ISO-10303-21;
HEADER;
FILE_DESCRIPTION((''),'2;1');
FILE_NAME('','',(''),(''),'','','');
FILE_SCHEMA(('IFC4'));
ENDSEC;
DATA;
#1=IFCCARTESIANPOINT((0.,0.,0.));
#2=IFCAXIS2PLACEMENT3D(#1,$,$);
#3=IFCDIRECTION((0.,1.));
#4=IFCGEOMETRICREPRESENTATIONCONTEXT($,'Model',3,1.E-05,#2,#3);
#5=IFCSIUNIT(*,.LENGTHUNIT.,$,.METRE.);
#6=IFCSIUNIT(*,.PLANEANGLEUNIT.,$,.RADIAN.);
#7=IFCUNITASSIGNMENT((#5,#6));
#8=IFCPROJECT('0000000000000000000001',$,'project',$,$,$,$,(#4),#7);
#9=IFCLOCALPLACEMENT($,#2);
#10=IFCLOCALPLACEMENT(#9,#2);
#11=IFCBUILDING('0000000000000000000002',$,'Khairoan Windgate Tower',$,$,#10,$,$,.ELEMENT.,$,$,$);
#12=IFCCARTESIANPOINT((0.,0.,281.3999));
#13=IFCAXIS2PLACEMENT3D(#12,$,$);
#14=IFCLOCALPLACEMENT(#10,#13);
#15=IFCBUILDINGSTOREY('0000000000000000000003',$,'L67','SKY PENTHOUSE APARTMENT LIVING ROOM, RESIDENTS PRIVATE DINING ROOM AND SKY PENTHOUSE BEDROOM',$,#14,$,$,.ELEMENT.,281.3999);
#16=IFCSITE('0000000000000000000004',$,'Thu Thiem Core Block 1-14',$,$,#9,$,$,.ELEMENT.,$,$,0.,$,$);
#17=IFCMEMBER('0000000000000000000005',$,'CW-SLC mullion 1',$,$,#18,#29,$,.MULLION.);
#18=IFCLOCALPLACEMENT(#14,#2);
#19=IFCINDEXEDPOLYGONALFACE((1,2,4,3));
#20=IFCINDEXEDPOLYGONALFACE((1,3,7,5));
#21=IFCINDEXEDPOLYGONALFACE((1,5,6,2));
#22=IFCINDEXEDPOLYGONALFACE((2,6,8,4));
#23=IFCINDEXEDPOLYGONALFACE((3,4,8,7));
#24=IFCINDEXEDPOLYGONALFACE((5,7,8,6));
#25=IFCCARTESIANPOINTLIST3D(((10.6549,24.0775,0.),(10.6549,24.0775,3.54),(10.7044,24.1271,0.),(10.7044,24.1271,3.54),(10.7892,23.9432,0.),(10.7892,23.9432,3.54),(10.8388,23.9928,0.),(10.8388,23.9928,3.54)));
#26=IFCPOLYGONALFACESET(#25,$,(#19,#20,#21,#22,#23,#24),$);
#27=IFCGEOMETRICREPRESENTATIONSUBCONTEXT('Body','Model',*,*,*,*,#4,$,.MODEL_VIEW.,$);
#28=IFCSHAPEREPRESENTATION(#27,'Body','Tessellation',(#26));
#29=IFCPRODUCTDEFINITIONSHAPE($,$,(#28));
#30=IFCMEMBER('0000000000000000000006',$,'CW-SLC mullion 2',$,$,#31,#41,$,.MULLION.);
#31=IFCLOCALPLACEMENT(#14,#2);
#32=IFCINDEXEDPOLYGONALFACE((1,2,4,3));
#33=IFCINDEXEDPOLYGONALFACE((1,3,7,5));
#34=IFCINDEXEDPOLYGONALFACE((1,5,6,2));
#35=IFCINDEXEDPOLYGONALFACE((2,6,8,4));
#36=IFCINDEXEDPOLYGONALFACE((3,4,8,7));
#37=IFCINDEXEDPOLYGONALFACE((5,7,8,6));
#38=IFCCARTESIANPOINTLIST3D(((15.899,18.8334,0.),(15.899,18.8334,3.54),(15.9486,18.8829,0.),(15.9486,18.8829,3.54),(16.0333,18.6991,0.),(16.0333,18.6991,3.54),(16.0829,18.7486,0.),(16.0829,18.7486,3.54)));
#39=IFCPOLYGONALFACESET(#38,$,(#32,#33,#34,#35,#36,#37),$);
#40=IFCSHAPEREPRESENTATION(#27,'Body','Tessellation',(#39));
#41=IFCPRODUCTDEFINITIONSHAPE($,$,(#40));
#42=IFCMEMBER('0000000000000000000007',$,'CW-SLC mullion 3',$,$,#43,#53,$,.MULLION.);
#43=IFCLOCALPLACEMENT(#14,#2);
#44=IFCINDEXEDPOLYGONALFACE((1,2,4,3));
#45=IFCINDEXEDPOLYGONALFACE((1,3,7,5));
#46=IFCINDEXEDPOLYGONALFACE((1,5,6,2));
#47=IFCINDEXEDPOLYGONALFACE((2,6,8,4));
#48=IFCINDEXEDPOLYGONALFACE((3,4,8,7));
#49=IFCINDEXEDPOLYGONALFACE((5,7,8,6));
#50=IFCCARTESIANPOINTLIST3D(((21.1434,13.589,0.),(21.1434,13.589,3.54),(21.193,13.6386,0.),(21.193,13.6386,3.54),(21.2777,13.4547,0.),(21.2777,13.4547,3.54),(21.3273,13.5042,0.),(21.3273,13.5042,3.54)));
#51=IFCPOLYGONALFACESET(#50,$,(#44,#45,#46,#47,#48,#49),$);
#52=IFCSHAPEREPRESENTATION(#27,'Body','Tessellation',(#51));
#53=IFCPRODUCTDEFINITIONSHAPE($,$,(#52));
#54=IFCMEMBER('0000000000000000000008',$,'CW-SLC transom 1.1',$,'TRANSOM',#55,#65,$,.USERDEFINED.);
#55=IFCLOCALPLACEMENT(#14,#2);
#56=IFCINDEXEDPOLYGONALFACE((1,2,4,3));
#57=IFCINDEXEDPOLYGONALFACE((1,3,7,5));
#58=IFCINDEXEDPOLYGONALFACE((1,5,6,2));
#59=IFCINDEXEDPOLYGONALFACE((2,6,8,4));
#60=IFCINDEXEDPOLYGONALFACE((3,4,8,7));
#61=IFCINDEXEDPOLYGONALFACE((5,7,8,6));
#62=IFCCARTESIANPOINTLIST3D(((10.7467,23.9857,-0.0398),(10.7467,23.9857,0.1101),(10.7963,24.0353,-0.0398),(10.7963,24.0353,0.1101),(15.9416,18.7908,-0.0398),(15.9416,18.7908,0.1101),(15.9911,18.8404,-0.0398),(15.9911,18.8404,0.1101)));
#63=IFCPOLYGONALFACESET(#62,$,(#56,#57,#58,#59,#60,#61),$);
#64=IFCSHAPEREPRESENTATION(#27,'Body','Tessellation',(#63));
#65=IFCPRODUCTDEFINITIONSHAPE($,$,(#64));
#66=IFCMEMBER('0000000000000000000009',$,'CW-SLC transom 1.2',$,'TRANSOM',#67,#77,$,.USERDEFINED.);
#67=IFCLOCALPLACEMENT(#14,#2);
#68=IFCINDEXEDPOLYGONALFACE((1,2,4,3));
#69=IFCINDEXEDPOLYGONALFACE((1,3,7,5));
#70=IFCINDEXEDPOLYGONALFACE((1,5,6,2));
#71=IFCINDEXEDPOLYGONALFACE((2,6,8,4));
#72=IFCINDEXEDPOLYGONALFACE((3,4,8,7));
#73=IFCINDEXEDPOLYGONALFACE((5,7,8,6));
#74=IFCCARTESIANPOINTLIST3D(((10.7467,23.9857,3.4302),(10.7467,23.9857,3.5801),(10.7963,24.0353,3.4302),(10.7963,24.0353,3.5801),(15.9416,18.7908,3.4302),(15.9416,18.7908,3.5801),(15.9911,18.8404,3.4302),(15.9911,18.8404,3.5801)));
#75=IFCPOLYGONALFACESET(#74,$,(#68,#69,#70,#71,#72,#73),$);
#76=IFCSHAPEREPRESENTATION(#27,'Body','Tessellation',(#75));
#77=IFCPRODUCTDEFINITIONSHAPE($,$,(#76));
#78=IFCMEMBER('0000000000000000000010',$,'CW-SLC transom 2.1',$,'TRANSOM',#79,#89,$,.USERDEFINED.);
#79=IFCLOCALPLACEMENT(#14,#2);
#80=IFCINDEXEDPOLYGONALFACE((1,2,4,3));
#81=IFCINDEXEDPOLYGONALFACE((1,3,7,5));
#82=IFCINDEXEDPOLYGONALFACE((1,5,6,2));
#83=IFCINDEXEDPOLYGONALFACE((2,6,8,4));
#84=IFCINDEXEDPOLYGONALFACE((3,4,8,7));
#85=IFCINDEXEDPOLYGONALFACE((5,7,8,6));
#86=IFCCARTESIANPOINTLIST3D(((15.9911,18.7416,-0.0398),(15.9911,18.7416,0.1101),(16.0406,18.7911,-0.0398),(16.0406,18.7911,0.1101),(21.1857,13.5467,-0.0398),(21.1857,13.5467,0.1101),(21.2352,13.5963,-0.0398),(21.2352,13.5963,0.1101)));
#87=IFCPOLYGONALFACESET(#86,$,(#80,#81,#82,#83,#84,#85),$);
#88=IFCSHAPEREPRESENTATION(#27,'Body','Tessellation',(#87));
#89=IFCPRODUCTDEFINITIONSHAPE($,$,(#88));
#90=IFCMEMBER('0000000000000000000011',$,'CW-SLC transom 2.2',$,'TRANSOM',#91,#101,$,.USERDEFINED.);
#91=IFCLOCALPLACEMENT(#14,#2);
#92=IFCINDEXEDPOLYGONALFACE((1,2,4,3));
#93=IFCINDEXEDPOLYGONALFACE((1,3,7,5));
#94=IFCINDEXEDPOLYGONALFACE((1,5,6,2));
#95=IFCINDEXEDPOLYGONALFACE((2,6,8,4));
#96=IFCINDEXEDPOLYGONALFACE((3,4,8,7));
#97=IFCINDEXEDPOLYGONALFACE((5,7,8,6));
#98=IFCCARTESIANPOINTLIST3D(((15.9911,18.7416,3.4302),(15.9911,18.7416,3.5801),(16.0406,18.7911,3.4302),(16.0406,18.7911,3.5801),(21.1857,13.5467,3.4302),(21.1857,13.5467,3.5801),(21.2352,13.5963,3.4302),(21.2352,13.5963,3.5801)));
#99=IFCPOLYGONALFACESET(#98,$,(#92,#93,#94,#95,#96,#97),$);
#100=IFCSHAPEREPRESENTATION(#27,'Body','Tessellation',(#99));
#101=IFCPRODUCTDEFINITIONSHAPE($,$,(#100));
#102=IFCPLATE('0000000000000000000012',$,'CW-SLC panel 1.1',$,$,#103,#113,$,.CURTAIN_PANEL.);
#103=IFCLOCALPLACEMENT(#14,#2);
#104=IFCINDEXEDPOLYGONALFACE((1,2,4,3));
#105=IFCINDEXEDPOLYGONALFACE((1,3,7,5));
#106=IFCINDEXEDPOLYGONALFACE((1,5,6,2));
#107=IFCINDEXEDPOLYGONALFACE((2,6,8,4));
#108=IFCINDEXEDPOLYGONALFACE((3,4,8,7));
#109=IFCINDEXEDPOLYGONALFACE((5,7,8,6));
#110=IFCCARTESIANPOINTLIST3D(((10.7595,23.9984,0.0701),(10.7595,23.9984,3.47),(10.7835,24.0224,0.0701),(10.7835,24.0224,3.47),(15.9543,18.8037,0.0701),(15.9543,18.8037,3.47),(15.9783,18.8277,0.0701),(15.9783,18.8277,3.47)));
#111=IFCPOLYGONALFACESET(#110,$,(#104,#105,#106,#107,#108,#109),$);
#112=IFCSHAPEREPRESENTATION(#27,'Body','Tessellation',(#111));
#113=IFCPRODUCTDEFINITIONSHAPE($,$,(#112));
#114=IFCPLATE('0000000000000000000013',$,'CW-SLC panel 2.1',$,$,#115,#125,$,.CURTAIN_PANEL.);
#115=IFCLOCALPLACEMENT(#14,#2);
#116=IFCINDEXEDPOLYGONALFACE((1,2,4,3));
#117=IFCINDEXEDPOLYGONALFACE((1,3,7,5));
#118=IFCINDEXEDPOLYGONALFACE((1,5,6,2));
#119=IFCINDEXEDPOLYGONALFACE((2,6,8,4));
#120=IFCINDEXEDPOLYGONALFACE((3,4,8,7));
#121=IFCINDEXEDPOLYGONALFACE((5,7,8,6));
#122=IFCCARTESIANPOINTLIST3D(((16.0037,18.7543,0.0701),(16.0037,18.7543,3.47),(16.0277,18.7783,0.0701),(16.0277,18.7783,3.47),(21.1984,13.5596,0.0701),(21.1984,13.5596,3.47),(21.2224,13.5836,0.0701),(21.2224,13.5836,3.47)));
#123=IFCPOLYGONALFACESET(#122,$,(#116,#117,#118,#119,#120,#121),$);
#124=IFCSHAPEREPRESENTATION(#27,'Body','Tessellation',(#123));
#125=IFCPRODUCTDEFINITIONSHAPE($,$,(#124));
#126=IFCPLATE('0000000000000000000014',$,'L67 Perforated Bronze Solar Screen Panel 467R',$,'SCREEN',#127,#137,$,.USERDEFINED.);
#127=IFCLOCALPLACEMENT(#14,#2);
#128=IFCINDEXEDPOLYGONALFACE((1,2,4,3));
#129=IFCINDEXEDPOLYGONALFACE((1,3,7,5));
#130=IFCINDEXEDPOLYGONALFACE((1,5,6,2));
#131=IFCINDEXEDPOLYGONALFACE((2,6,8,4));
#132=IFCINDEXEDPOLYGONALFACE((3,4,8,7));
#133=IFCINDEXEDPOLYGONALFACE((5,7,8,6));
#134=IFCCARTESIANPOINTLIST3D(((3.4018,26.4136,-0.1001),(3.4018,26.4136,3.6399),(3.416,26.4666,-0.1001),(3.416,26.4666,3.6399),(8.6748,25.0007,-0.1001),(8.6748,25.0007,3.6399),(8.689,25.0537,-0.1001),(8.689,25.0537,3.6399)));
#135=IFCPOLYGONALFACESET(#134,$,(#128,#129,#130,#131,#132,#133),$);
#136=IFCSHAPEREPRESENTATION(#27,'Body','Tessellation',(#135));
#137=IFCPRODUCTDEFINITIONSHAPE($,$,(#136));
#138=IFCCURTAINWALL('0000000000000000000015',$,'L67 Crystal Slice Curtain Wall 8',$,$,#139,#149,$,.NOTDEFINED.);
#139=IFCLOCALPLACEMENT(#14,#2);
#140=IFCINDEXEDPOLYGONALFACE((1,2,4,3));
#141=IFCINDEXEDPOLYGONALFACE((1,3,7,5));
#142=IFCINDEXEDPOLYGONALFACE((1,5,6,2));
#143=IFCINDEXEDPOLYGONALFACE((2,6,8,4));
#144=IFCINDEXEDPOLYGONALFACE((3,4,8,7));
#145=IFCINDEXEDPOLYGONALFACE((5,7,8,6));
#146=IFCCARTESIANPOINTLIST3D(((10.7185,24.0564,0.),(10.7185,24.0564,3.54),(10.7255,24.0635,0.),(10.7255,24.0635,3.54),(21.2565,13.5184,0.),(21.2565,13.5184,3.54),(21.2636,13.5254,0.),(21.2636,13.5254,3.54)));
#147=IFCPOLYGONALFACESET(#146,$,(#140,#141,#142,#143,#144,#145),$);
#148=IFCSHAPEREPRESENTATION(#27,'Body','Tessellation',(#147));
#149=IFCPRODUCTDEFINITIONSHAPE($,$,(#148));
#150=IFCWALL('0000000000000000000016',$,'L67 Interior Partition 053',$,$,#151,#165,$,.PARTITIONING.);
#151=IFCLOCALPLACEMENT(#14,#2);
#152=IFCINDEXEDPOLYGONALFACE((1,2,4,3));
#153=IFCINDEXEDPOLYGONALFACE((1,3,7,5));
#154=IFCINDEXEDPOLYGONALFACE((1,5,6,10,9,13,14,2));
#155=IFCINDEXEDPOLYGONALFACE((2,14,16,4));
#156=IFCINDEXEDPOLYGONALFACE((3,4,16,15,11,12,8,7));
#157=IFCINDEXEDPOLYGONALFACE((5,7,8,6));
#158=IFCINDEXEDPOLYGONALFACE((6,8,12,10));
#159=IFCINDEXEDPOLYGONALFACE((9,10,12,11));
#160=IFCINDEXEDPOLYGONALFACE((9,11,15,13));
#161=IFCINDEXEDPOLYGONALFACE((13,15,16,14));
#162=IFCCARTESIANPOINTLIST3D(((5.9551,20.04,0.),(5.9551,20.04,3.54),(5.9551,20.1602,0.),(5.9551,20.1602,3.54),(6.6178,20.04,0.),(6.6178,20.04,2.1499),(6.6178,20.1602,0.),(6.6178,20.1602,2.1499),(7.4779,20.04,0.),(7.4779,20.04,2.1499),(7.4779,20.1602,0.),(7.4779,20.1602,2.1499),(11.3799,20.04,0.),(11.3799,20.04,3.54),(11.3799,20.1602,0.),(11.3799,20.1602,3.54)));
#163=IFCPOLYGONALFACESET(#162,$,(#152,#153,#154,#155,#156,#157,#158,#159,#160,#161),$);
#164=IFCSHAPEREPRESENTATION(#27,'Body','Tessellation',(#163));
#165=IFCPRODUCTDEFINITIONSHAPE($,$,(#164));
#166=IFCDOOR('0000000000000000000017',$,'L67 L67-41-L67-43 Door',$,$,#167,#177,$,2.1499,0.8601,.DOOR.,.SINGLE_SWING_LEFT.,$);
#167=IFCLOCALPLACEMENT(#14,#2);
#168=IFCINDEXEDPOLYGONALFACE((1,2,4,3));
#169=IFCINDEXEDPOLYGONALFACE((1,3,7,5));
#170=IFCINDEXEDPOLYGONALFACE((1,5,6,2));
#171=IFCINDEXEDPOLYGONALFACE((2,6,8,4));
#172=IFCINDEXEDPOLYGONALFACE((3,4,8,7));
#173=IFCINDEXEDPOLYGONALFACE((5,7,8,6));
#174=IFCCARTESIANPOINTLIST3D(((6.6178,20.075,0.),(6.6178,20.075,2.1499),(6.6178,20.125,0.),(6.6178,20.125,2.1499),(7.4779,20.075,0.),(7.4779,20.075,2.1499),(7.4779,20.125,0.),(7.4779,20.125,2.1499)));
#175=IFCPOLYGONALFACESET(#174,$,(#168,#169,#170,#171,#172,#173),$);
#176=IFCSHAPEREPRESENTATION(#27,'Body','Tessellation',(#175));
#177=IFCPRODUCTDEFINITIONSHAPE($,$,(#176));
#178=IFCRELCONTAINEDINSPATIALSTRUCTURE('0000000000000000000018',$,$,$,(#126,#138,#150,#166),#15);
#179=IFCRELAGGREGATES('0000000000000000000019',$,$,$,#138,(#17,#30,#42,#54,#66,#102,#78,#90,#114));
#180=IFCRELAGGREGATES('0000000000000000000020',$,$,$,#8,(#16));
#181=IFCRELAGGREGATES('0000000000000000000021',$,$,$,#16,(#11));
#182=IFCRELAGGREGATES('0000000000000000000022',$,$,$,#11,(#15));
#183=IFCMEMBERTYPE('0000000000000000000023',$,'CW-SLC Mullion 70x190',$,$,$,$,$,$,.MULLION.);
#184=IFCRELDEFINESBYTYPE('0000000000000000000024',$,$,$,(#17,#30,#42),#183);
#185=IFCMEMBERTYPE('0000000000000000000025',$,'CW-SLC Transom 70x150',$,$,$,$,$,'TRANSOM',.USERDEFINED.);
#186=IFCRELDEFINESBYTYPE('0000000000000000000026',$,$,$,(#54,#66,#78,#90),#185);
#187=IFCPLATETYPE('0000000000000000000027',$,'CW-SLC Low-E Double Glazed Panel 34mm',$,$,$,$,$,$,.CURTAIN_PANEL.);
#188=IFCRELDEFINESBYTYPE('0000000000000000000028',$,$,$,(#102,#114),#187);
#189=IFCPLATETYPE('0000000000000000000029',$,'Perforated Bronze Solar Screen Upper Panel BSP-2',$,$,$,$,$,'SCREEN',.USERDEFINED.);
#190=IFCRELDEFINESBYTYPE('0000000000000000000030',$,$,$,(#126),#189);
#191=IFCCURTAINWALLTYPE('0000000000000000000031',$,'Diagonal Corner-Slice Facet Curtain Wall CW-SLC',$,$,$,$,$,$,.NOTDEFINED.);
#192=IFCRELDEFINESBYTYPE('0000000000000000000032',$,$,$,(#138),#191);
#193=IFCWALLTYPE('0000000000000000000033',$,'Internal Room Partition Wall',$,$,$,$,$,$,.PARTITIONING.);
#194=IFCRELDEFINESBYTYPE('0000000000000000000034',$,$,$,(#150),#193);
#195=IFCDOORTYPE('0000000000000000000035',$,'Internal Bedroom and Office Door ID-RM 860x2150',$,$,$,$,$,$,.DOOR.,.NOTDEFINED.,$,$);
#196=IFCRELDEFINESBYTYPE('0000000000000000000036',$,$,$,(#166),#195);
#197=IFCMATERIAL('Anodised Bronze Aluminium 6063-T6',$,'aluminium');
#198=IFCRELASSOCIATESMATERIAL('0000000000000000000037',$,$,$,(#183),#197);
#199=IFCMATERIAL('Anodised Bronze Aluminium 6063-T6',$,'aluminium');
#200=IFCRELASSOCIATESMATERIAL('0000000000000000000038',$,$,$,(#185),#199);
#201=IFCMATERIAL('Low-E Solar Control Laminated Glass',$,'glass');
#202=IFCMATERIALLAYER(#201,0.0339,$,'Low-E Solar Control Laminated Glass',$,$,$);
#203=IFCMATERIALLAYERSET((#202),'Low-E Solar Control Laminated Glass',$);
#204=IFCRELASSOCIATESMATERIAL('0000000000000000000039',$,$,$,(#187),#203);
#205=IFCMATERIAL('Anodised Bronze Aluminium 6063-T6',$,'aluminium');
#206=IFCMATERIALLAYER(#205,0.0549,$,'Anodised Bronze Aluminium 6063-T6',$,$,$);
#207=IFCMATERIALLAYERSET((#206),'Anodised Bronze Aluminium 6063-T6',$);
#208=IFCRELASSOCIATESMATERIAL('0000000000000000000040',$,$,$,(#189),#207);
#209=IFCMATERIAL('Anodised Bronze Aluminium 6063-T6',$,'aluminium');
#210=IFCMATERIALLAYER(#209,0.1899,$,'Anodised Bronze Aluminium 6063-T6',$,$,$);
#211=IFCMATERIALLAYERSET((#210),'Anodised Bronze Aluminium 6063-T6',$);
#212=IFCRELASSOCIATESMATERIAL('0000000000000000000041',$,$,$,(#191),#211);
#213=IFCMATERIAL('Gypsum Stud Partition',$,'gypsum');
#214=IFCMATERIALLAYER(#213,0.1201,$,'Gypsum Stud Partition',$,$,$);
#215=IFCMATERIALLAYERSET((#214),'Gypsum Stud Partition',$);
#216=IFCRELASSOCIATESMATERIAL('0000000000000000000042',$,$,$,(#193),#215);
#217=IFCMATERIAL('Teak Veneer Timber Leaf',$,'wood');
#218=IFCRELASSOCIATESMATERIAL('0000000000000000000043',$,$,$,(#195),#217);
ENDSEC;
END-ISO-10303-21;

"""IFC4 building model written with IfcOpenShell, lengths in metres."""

from ifc_helpers import new_model, si_unit, direction, frame, frame_2d, origin, origin_2d, place, context, subcontext, project, spatial, rectangle, extrude, material, layer, layer_set, material_profile, profile_set, type_object, element, fill, aggregate, save


model = new_model("IFC4")

# Units and contexts
model_context = context("Model", 3, precision=1e-05, world=origin(), true_north=direction((0.0, 1.0)))
body_context = subcontext(model_context, "Body", "Model", "MODEL_VIEW")
ifc_project = project(units=[si_unit("LENGTHUNIT", "METRE"), si_unit("PLANEANGLEUNIT", "RADIAN")], contexts=[model_context])

# Site, building, storey
site_placement = place(None, origin())
site = spatial("IfcSite", under=ifc_project, at=site_placement, Name="Thu Thiem Core Block 1-14", CompositionType="ELEMENT", RefElevation=0.0)
building_placement = place(site_placement, origin())
building = spatial("IfcBuilding", under=site, at=building_placement, Name="Khairoan Windgate Tower", CompositionType="ELEMENT")
storey_placement = place(building_placement, frame((0.0, 0.0, 281.3999)))
storey = spatial("IfcBuildingStorey", under=building, at=storey_placement, Name="L67", Description="SKY PENTHOUSE APARTMENT LIVING ROOM, RESIDENTS PRIVATE DINING ROOM AND SKY PENTHOUSE BEDROOM", CompositionType="ELEMENT", Elevation=281.3999)

# Members
ifc_material_1 = material(Name="Anodised Bronze Aluminium 6063-T6", Category="aluminium")
ifc_material_profile_1 = material_profile(ifc_material_1, rectangle(XDim=0.0701, YDim=0.1899, at=origin_2d()))
ifc_profile_set_1 = profile_set([ifc_material_profile_1], Name="Anodised Bronze Aluminium 6063-T6")
member_type_1 = type_object("IfcMemberType", Name="CW-SLC Mullion 70x190", PredefinedType="MULLION", material=ifc_profile_set_1)
member_1_placement = place(storey_placement, frame((10.7468, 24.0352, 0.0), z_axis=(0.0, 0.0, 1.0), x_axis=(0.707107, 0.707107, 0.0)))
member_1 = element("IfcMember", 1, at=member_1_placement, type_object=member_type_1, Name="CW-SLC mullion 1", PredefinedType="MULLION", context=body_context, shape_type="SweptSolid", body=[
    extrude(rectangle(XDim=0.0701, YDim=0.1899, at=origin_2d()), origin(), (0.0, 0.0, 1.0), 3.54),
])
member_2_placement = place(storey_placement, frame((15.991, 18.791, 0.0), z_axis=(0.0, 0.0, 1.0), x_axis=(0.707107, 0.707107, 0.0)))
member_2 = element("IfcMember", 2, at=member_2_placement, type_object=member_type_1, Name="CW-SLC mullion 2", PredefinedType="MULLION", context=body_context, shape_type="SweptSolid", body=[
    extrude(rectangle(XDim=0.0701, YDim=0.1899, at=origin_2d()), origin(), (0.0, 0.0, 1.0), 3.54),
])
member_3_placement = place(storey_placement, frame((21.2354, 13.5466, 0.0), z_axis=(0.0, 0.0, 1.0), x_axis=(0.707107, 0.707107, 0.0)))
member_3 = element("IfcMember", 3, at=member_3_placement, type_object=member_type_1, Name="CW-SLC mullion 3", PredefinedType="MULLION", context=body_context, shape_type="SweptSolid", body=[
    extrude(rectangle(XDim=0.0701, YDim=0.1899, at=origin_2d()), origin(), (0.0, 0.0, 1.0), 3.54),
])
ifc_material_2 = material(Name="Anodised Bronze Aluminium 6063-T6", Category="aluminium")
ifc_material_profile_2 = material_profile(ifc_material_2, rectangle(XDim=0.0701, YDim=0.1499, at=origin_2d()))
ifc_profile_set_2 = profile_set([ifc_material_profile_2], Name="Anodised Bronze Aluminium 6063-T6")
member_type_2 = type_object("IfcMemberType", Name="CW-SLC Transom 70x150", ElementType="TRANSOM", PredefinedType="USERDEFINED", material=ifc_profile_set_2)
member_4_placement = place(storey_placement, frame((10.7715, 24.0105, 0.0352), z_axis=(0.707107, -0.707107, 0.0), x_axis=(0.707107, 0.707107, 0.0)))
member_4 = element("IfcMember", 4, at=member_4_placement, type_object=member_type_2, Name="CW-SLC transom 1.1", ObjectType="TRANSOM", PredefinedType="USERDEFINED", context=body_context, shape_type="SweptSolid", body=[
    extrude(rectangle(XDim=0.0701, YDim=0.1499, at=origin_2d()), origin(), (0.0, 0.0, 1.0), 7.3467),
])
member_5_placement = place(storey_placement, frame((10.7715, 24.0105, 3.5051), z_axis=(0.707107, -0.707107, 0.0), x_axis=(0.707107, 0.707107, 0.0)))
member_5 = element("IfcMember", 5, at=member_5_placement, type_object=member_type_2, Name="CW-SLC transom 1.2", ObjectType="TRANSOM", PredefinedType="USERDEFINED", context=body_context, shape_type="SweptSolid", body=[
    extrude(rectangle(XDim=0.0701, YDim=0.1499, at=origin_2d()), origin(), (0.0, 0.0, 1.0), 7.3467),
])
member_6_placement = place(storey_placement, frame((16.0159, 18.7664, 0.0352), z_axis=(0.70709, -0.707123, 0.0), x_axis=(0.707123, 0.70709, 0.0)))
member_6 = element("IfcMember", 6, at=member_6_placement, type_object=member_type_2, Name="CW-SLC transom 2.1", ObjectType="TRANSOM", PredefinedType="USERDEFINED", context=body_context, shape_type="SweptSolid", body=[
    extrude(rectangle(XDim=0.0701, YDim=0.1499, at=origin_2d()), origin(), (0.0, 0.0, 1.0), 7.3464),
])
member_7_placement = place(storey_placement, frame((16.0159, 18.7664, 3.5051), z_axis=(0.70709, -0.707123, 0.0), x_axis=(0.707123, 0.70709, 0.0)))
member_7 = element("IfcMember", 7, at=member_7_placement, type_object=member_type_2, Name="CW-SLC transom 2.2", ObjectType="TRANSOM", PredefinedType="USERDEFINED", context=body_context, shape_type="SweptSolid", body=[
    extrude(rectangle(XDim=0.0701, YDim=0.1499, at=origin_2d()), origin(), (0.0, 0.0, 1.0), 7.3464),
])

# Plates
ifc_material_3 = material(Name="Low-E Solar Control Laminated Glass", Category="glass")
ifc_layer_1 = layer(ifc_material_3, 0.0339, Name="Low-E Solar Control Laminated Glass")
ifc_layer_set_1 = layer_set([ifc_layer_1], Name="Low-E Solar Control Laminated Glass")
plate_type_1 = type_object("IfcPlateType", Name="CW-SLC Low-E Double Glazed Panel 34mm", PredefinedType="CURTAIN_PANEL", material=ifc_layer_set_1)
plate_1_placement = place(storey_placement, frame((13.3689, 21.4131, 0.0701), z_axis=(0.0, 0.0, 1.0), x_axis=(0.707107, -0.707107, 0.0)))
plate_1 = element("IfcPlate", 8, at=plate_1_placement, type_object=plate_type_1, Name="CW-SLC panel 1.1", PredefinedType="CURTAIN_PANEL", context=body_context, shape_type="SweptSolid", body=[
    extrude(rectangle(XDim=7.3464, YDim=0.0339, at=origin_2d()), origin(), (0.0, 0.0, 1.0), 3.3999),
])
plate_2_placement = place(storey_placement, frame((18.613, 16.1689, 0.0701), z_axis=(0.0, 0.0, 1.0), x_axis=(0.707107, -0.707107, 0.0)))
plate_2 = element("IfcPlate", 9, at=plate_2_placement, type_object=plate_type_1, Name="CW-SLC panel 2.1", PredefinedType="CURTAIN_PANEL", context=body_context, shape_type="SweptSolid", body=[
    extrude(rectangle(XDim=7.3464, YDim=0.0339, at=origin_2d()), origin(), (0.0, 0.0, 1.0), 3.3999),
])
ifc_material_4 = material(Name="Anodised Bronze Aluminium 6063-T6", Category="aluminium")
ifc_layer_2 = layer(ifc_material_4, 0.0549, Name="Anodised Bronze Aluminium 6063-T6")
ifc_layer_set_2 = layer_set([ifc_layer_2], Name="Anodised Bronze Aluminium 6063-T6")
plate_type_2 = type_object("IfcPlateType", Name="Perforated Bronze Solar Screen Upper Panel BSP-2", ElementType="SCREEN", PredefinedType="USERDEFINED", material=ifc_layer_set_2)
plate_3_placement = place(storey_placement, frame((6.0454, 25.7336, -0.1001), z_axis=(0.0, 0.0, 1.0), x_axis=(0.965926, -0.258819, 0.0)))
element("IfcPlate", 10, at=plate_3_placement, inside=storey, type_object=plate_type_2, Name="L67 Perforated Bronze Solar Screen Panel 467R", ObjectType="SCREEN", PredefinedType="USERDEFINED", context=body_context, shape_type="SweptSolid", body=[
    extrude(rectangle(XDim=5.459, YDim=0.0549, at=origin_2d()), origin(), (0.0, 0.0, 1.0), 3.74),
])

# Curtain wall
ifc_material_5 = material(Name="Anodised Bronze Aluminium 6063-T6", Category="aluminium")
ifc_layer_3 = layer(ifc_material_5, 0.1899, Name="Anodised Bronze Aluminium 6063-T6")
ifc_layer_set_3 = layer_set([ifc_layer_3], Name="Anodised Bronze Aluminium 6063-T6")
curtain_wall_type_1 = type_object("IfcCurtainWallType", Name="Diagonal Corner-Slice Facet Curtain Wall CW-SLC", PredefinedType="NOTDEFINED", material=ifc_layer_set_3)
curtain_wall_1_placement = place(storey_placement, frame((10.7219, 24.0601, 0.0), z_axis=(0.0, 0.0, 1.0), x_axis=(0.707107, -0.707107, 0.0)))
curtain_wall_1 = element("IfcCurtainWall", 11, at=curtain_wall_1_placement, inside=storey, type_object=curtain_wall_type_1, Name="L67 Crystal Slice Curtain Wall 8", PredefinedType="NOTDEFINED", context=body_context, shape_type="SweptSolid", body=[
    extrude(rectangle(XDim=14.9031, YDim=0.01, at=frame_2d((7.4517, 0.0))), origin(), (0.0, 0.0, 1.0), 3.54),
])
aggregate(curtain_wall_1, [member_1, member_2, member_3, member_4, member_5, plate_1, member_6, member_7, plate_2])

# Wall, opening, door
ifc_material_6 = material(Name="Gypsum Stud Partition", Category="gypsum")
ifc_layer_4 = layer(ifc_material_6, 0.1201, Name="Gypsum Stud Partition")
ifc_layer_set_4 = layer_set([ifc_layer_4], Name="Gypsum Stud Partition")
wall_type = type_object("IfcWallType", Name="Internal Room Partition Wall", PredefinedType="PARTITIONING", material=ifc_layer_set_4)
wall_1_placement = place(storey_placement, frame((5.9551, 20.1001, 0.0), z_axis=(0.0, 0.0, 1.0), x_axis=(1.0, 0.0, 0.0)))
wall_1 = element("IfcWall", 12, at=wall_1_placement, inside=storey, type_object=wall_type, Name="L67 Interior Partition 053", PredefinedType="PARTITIONING", context=body_context, shape_type="SweptSolid", body=[
    extrude(rectangle(XDim=5.4248, YDim=0.1201, at=frame_2d((2.7124, 0.0))), origin(), (0.0, 0.0, 1.0), 3.54),
])
opening_placement = place(wall_1_placement, frame((0.6626, 0.0, 0.0)))
opening = element("IfcOpeningElement", 13, at=opening_placement, cuts=wall_1, PredefinedType="OPENING", context=body_context, shape_type="SweptSolid", body=[
    extrude(rectangle(XDim=0.8601, YDim=2.1499, at=frame_2d((0.4302, 1.075))), frame((0.0, 0.0701, 0.0), z_axis=(0.0, -1.0, 0.0), x_axis=(1.0, 0.0, 0.0)), (0.0, 0.0, 1.0), 0.1401),
])
ifc_material_7 = material(Name="Teak Veneer Timber Leaf", Category="wood")
door_type = type_object("IfcDoorType", Name="Internal Bedroom and Office Door ID-RM 860x2150", OperationType="NOTDEFINED", PredefinedType="DOOR", material=ifc_material_7)
door_placement = place(opening_placement, origin())
door = element("IfcDoor", 14, at=door_placement, inside=storey, type_object=door_type, Name="L67 L67-41-L67-43 Door", OperationType="SINGLE_SWING_LEFT", OverallHeight=2.1499, OverallWidth=0.8601, PredefinedType="DOOR", context=body_context, shape_type="SweptSolid", body=[
    extrude(rectangle(XDim=0.8601, YDim=2.1499, at=frame_2d((0.4302, 1.075))), frame((0.0, 0.0249, 0.0), z_axis=(0.0, -1.0, 0.0), x_axis=(1.0, 0.0, 0.0)), (0.0, 0.0, 1.0), 0.05),
])
fill(opening, door)

save(model, "model.ifc")
